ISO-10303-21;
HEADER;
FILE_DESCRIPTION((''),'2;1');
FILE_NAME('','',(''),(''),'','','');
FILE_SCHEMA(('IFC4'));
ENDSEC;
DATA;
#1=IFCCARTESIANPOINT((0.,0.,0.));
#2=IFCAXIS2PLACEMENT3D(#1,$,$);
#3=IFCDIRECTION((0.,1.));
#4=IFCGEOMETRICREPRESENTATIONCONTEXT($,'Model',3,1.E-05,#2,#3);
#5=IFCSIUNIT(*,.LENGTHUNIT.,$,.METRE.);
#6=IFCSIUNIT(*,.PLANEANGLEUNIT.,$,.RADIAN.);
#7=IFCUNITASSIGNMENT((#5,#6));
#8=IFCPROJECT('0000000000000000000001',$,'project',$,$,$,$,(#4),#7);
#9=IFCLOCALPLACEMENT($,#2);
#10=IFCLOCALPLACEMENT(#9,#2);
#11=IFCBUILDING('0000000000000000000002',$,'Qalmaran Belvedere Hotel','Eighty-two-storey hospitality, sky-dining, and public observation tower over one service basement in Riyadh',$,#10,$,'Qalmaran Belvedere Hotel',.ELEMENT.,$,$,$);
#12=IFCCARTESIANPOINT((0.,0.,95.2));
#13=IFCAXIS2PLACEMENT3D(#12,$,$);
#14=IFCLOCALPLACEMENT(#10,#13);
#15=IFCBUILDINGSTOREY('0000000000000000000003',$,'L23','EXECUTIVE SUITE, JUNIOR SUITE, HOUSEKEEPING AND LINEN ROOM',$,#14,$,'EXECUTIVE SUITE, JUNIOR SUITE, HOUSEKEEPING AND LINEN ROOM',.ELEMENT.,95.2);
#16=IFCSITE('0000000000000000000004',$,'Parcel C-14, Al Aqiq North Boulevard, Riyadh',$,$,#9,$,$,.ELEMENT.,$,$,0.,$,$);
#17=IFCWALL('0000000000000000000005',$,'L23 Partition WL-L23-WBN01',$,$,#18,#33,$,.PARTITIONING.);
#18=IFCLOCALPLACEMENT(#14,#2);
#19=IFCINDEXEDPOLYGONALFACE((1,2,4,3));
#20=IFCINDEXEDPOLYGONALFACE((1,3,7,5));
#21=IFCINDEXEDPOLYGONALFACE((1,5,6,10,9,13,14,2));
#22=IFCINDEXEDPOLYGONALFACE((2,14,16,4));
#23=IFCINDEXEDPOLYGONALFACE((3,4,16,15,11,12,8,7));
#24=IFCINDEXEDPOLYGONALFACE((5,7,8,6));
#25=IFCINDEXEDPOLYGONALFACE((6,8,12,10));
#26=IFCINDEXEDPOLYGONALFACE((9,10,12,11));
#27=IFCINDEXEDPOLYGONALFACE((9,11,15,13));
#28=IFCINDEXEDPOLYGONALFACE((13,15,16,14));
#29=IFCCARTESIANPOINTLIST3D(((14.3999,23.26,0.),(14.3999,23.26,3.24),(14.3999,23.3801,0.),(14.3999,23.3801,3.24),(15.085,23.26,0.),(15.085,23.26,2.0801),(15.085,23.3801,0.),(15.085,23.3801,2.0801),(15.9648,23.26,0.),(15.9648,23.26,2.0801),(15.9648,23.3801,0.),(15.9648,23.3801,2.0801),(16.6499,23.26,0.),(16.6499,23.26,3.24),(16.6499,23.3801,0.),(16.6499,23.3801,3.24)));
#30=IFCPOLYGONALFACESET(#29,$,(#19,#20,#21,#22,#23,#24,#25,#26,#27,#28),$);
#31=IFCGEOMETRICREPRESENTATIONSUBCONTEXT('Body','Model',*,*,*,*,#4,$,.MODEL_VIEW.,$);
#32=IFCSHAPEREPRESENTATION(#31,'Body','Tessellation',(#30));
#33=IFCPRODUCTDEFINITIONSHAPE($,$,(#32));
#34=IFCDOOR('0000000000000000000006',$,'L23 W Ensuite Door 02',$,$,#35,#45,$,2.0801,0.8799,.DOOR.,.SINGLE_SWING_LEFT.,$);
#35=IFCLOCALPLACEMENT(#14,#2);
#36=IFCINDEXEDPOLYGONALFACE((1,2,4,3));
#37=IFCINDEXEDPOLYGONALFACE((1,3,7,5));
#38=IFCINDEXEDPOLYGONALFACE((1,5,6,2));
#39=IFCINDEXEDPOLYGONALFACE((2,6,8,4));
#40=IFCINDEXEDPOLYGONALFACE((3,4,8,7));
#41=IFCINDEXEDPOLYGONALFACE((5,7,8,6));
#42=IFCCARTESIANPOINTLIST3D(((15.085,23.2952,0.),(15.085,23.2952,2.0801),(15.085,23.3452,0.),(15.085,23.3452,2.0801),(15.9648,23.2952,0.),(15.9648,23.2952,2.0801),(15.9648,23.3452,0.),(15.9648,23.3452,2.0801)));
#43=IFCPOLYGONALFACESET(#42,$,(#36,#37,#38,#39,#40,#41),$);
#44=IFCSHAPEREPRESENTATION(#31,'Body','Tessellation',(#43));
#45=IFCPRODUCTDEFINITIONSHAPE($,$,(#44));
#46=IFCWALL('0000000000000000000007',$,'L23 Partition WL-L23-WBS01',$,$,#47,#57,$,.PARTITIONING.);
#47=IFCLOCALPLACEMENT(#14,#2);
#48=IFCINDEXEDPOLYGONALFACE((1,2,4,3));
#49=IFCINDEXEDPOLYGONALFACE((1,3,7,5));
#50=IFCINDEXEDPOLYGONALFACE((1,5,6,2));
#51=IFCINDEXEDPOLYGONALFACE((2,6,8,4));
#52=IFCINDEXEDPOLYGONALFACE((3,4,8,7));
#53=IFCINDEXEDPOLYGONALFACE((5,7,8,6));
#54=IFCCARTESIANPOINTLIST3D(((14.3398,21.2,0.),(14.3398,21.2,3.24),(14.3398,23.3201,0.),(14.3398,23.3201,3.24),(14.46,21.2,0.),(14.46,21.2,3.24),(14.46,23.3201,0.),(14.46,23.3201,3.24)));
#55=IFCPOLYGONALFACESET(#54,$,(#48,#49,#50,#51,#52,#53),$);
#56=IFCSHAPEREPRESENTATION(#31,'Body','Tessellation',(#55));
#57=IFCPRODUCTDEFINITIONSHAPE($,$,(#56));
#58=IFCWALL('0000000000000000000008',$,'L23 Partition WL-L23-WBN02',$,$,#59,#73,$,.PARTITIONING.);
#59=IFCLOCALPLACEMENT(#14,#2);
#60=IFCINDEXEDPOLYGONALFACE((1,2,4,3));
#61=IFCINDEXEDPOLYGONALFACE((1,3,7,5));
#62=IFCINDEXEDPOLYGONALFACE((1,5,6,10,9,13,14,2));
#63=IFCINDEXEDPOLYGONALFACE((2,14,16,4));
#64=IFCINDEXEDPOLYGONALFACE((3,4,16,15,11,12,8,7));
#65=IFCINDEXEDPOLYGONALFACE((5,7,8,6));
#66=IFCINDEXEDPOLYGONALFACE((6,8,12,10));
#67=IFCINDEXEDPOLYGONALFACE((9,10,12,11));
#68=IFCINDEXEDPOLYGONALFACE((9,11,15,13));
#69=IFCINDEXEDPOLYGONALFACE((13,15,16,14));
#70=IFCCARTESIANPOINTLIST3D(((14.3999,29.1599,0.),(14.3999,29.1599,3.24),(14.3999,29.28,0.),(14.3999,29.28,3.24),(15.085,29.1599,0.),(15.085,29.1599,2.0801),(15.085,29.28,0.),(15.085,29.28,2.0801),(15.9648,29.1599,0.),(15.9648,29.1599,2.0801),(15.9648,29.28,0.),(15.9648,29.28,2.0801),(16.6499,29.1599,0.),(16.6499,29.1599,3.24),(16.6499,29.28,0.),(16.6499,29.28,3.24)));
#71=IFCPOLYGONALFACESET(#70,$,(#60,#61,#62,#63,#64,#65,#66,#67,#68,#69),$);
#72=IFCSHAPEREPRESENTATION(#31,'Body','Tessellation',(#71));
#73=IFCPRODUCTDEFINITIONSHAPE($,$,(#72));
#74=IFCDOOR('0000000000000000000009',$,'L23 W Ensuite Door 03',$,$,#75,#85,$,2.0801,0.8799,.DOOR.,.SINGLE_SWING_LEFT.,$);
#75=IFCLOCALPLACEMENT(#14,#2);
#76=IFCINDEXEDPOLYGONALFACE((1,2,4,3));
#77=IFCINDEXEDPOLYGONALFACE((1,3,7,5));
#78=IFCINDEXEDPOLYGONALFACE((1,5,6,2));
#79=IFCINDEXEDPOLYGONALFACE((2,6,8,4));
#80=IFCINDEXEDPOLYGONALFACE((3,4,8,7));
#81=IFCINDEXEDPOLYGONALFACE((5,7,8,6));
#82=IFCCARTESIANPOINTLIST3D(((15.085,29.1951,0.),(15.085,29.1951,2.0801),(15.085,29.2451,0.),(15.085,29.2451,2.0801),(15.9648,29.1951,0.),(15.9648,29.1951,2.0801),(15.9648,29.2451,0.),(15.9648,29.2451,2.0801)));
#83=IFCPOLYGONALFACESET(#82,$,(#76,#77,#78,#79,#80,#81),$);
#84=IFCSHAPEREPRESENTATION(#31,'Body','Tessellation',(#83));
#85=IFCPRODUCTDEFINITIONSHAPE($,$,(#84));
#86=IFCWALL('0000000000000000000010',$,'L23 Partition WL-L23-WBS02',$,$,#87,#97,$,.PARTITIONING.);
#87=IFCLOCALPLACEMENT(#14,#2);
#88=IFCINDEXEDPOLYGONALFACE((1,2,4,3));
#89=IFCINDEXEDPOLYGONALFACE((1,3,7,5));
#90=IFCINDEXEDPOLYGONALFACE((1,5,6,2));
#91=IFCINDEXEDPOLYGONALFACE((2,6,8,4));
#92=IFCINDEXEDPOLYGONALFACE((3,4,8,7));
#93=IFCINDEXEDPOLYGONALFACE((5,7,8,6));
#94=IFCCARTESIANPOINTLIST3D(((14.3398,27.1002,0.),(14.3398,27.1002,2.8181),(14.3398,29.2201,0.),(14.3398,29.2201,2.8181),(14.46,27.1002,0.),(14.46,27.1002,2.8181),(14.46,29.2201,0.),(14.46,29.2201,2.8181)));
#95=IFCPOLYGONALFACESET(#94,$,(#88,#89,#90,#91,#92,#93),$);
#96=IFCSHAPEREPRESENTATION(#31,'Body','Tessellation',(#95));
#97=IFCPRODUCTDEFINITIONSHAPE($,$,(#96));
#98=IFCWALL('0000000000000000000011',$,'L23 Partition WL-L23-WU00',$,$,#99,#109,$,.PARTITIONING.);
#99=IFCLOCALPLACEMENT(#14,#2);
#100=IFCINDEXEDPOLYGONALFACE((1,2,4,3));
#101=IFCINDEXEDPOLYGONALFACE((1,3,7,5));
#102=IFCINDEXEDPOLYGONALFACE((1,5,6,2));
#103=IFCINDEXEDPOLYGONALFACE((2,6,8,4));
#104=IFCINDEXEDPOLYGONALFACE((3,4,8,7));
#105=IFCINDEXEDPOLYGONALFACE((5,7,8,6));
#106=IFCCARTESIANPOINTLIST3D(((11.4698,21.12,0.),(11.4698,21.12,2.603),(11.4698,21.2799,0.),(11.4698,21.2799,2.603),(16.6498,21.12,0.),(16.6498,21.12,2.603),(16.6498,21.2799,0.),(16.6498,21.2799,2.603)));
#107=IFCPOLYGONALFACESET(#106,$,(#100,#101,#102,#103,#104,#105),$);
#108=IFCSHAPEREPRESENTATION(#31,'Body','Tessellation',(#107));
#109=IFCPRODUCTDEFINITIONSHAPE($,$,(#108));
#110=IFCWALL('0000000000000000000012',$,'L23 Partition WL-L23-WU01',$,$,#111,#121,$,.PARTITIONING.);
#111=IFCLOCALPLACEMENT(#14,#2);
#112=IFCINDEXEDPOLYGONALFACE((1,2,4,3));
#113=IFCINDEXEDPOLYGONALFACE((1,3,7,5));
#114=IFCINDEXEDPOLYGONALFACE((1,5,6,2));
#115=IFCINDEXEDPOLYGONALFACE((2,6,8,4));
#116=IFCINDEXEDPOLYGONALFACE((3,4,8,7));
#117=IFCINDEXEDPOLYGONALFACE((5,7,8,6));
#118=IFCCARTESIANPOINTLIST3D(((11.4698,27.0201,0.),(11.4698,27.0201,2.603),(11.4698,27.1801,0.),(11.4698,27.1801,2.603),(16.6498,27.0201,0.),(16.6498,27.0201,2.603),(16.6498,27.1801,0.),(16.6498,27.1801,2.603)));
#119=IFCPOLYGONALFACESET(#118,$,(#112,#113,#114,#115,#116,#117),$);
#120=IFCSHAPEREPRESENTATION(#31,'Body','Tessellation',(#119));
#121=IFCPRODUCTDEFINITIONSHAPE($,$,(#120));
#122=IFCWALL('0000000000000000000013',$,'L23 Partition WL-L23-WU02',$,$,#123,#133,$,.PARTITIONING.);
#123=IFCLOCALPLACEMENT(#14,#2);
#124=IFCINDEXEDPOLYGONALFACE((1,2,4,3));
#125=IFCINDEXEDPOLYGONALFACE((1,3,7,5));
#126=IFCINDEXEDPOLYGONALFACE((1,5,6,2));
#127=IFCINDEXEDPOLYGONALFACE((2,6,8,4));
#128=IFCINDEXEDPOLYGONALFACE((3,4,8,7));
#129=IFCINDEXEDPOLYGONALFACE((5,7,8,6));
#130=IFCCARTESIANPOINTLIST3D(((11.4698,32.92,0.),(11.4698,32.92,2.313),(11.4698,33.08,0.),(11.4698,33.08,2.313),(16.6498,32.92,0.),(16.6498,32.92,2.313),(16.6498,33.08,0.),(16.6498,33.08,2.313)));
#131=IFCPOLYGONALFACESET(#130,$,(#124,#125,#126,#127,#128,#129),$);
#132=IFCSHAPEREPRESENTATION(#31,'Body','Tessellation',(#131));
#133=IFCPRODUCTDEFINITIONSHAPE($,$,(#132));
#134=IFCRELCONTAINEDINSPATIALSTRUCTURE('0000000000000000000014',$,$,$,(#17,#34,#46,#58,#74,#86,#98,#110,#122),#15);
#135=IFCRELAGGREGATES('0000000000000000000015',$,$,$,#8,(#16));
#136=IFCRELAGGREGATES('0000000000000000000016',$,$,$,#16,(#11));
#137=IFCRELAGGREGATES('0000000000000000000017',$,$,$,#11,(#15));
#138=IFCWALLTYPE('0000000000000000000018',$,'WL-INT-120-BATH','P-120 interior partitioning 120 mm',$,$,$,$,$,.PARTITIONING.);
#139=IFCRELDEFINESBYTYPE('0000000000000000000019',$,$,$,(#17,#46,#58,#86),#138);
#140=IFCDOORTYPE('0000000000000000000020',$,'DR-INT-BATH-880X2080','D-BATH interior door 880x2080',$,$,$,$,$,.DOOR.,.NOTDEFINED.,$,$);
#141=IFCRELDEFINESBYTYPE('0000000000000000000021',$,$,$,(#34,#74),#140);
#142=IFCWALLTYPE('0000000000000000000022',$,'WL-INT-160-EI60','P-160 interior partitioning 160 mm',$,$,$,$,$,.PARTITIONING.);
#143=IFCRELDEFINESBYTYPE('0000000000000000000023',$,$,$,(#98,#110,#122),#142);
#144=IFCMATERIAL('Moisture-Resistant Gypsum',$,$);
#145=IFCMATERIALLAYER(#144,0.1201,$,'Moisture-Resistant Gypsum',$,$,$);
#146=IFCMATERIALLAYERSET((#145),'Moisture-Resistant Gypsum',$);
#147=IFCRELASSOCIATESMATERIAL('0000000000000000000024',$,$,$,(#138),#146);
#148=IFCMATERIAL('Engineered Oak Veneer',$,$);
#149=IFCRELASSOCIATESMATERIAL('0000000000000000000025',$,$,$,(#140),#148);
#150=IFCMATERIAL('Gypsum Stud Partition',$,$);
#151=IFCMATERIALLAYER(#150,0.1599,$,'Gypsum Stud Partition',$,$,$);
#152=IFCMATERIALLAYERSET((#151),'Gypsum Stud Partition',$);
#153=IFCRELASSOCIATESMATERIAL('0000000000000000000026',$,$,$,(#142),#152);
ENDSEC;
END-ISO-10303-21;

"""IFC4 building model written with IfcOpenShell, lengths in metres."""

from ifc_helpers import new_model, si_unit, direction, frame, frame_2d, origin, place, context, subcontext, project, spatial, rectangle, extrude, material, layer, layer_set, type_object, element, fill, save


model = new_model("IFC4")

# Units and contexts
model_context = context("Model", 3, precision=1e-05, world=origin(), true_north=direction((0.0, 1.0)))
body_context = subcontext(model_context, "Body", "Model", "MODEL_VIEW")
ifc_project = project(units=[si_unit("LENGTHUNIT", "METRE"), si_unit("PLANEANGLEUNIT", "RADIAN")], contexts=[model_context])

# Site, building, storey
site_placement = place(None, origin())
site = spatial("IfcSite", under=ifc_project, at=site_placement, Name="Parcel C-14, Al Aqiq North Boulevard, Riyadh", CompositionType="ELEMENT", RefElevation=0.0)
building_placement = place(site_placement, origin())
building = spatial("IfcBuilding", under=site, at=building_placement, Name="Qalmaran Belvedere Hotel", Description="Eighty-two-storey hospitality, sky-dining, and public observation tower over one service basement in Riyadh", LongName="Qalmaran Belvedere Hotel", CompositionType="ELEMENT")
storey_placement = place(building_placement, frame((0.0, 0.0, 95.2)))
storey = spatial("IfcBuildingStorey", under=building, at=storey_placement, Name="L23", Description="EXECUTIVE SUITE, JUNIOR SUITE, HOUSEKEEPING AND LINEN ROOM", LongName="EXECUTIVE SUITE, JUNIOR SUITE, HOUSEKEEPING AND LINEN ROOM", CompositionType="ELEMENT", Elevation=95.2)

# Wall, opening, door
ifc_material_1 = material(Name="Moisture-Resistant Gypsum")
ifc_layer_1 = layer(ifc_material_1, 0.1201, Name="Moisture-Resistant Gypsum")
ifc_layer_set_1 = layer_set([ifc_layer_1], Name="Moisture-Resistant Gypsum")
wall_type_1 = type_object("IfcWallType", Name="WL-INT-120-BATH", Description="P-120 interior partitioning 120 mm", PredefinedType="PARTITIONING", material=ifc_layer_set_1)
wall_1_placement = place(storey_placement, frame((14.3999, 23.3201, 0.0), z_axis=(0.0, 0.0, 1.0), x_axis=(1.0, 0.0, 0.0)))
wall_1 = element("IfcWall", 1, at=wall_1_placement, inside=storey, type_object=wall_type_1, Name="L23 Partition WL-L23-WBN01", PredefinedType="PARTITIONING", context=body_context, shape_type="SweptSolid", body=[
    extrude(rectangle(XDim=2.25, YDim=0.1201, at=frame_2d((1.125, 0.0))), origin(), (0.0, 0.0, 1.0), 3.24),
])
opening_1_placement = place(wall_1_placement, frame((1.5649, 0.0, 0.0), z_axis=(0.0, 0.0, 1.0), x_axis=(-1.0, 0.0, 0.0)))
opening_1 = element("IfcOpeningElement", 2, at=opening_1_placement, cuts=wall_1, PredefinedType="OPENING", context=body_context, shape_type="SweptSolid", body=[
    extrude(rectangle(XDim=0.8799, YDim=2.0801, at=frame_2d((0.4399, 1.04))), frame((0.0, 0.0701, 0.0), z_axis=(0.0, -1.0, 0.0), x_axis=(1.0, 0.0, 0.0)), (0.0, 0.0, 1.0), 0.1401),
])
ifc_material_2 = material(Name="Engineered Oak Veneer")
door_type = type_object("IfcDoorType", Name="DR-INT-BATH-880X2080", Description="D-BATH interior door 880x2080", OperationType="NOTDEFINED", PredefinedType="DOOR", material=ifc_material_2)
door_1_placement = place(opening_1_placement, origin())
door_1 = element("IfcDoor", 3, at=door_1_placement, inside=storey, type_object=door_type, Name="L23 W Ensuite Door 02", OperationType="SINGLE_SWING_LEFT", OverallHeight=2.0801, OverallWidth=0.8799, PredefinedType="DOOR", context=body_context, shape_type="SweptSolid", body=[
    extrude(rectangle(XDim=0.8799, YDim=2.0801, at=frame_2d((0.4399, 1.04))), frame((0.0, 0.0249, 0.0), z_axis=(0.0, -1.0, 0.0), x_axis=(1.0, 0.0, 0.0)), (0.0, 0.0, 1.0), 0.05),
])
fill(opening_1, door_1)

# Wall
wall_2_placement = place(storey_placement, frame((14.3999, 21.2, 0.0), z_axis=(0.0, 0.0, 1.0), x_axis=(0.0, 1.0, 0.0)))
element("IfcWall", 4, at=wall_2_placement, inside=storey, type_object=wall_type_1, Name="L23 Partition WL-L23-WBS01", PredefinedType="PARTITIONING", context=body_context, shape_type="SweptSolid", body=[
    extrude(rectangle(XDim=2.1201, YDim=0.1201, at=frame_2d((1.0601, 0.0))), origin(), (0.0, 0.0, 1.0), 3.24),
])

# Wall, opening, door
wall_3_placement = place(storey_placement, frame((14.3999, 29.22, 0.0), z_axis=(0.0, 0.0, 1.0), x_axis=(1.0, 0.0, 0.0)))
wall_3 = element("IfcWall", 5, at=wall_3_placement, inside=storey, type_object=wall_type_1, Name="L23 Partition WL-L23-WBN02", PredefinedType="PARTITIONING", context=body_context, shape_type="SweptSolid", body=[
    extrude(rectangle(XDim=2.25, YDim=0.1201, at=frame_2d((1.125, 0.0))), origin(), (0.0, 0.0, 1.0), 3.24),
])
opening_2_placement = place(wall_3_placement, frame((1.5649, 0.0, 0.0), z_axis=(0.0, 0.0, 1.0), x_axis=(-1.0, 0.0, 0.0)))
opening_2 = element("IfcOpeningElement", 6, at=opening_2_placement, cuts=wall_3, PredefinedType="OPENING", context=body_context, shape_type="SweptSolid", body=[
    extrude(rectangle(XDim=0.8799, YDim=2.0801, at=frame_2d((0.4399, 1.04))), frame((0.0, 0.0701, 0.0), z_axis=(0.0, -1.0, 0.0), x_axis=(1.0, 0.0, 0.0)), (0.0, 0.0, 1.0), 0.1401),
])
door_2_placement = place(opening_2_placement, origin())
door_2 = element("IfcDoor", 7, at=door_2_placement, inside=storey, type_object=door_type, Name="L23 W Ensuite Door 03", OperationType="SINGLE_SWING_LEFT", OverallHeight=2.0801, OverallWidth=0.8799, PredefinedType="DOOR", context=body_context, shape_type="SweptSolid", body=[
    extrude(rectangle(XDim=0.8799, YDim=2.0801, at=frame_2d((0.4399, 1.04))), frame((0.0, 0.0249, 0.0), z_axis=(0.0, -1.0, 0.0), x_axis=(1.0, 0.0, 0.0)), (0.0, 0.0, 1.0), 0.05),
])
fill(opening_2, door_2)

# Walls
wall_4_placement = place(storey_placement, frame((14.3999, 27.1001, 0.0), z_axis=(0.0, 0.0, 1.0), x_axis=(0.0, 1.0, 0.0)))
element("IfcWall", 8, at=wall_4_placement, inside=storey, type_object=wall_type_1, Name="L23 Partition WL-L23-WBS02", PredefinedType="PARTITIONING", context=body_context, shape_type="SweptSolid", body=[
    extrude(rectangle(XDim=2.1199, YDim=0.1201, at=frame_2d((1.0601, 0.0))), origin(), (0.0, 0.0, 1.0), 2.8181),
])
ifc_material_3 = material(Name="Gypsum Stud Partition")
ifc_layer_2 = layer(ifc_material_3, 0.1599, Name="Gypsum Stud Partition")
ifc_layer_set_2 = layer_set([ifc_layer_2], Name="Gypsum Stud Partition")
wall_type_2 = type_object("IfcWallType", Name="WL-INT-160-EI60", Description="P-160 interior partitioning 160 mm", PredefinedType="PARTITIONING", material=ifc_layer_set_2)
for number, where, z_axis, x_axis, name in (
    (9, (11.47, 21.2, 0.0), (0.0, 0.0, 1.0), (1.0, 0.0, 0.0), "L23 Partition WL-L23-WU00"),
    (10, (11.47, 27.1001, 0.0), (0.0, 0.0, 1.0), (1.0, 0.0, 0.0), "L23 Partition WL-L23-WU01"),
):
    element("IfcWall", number, at=place(storey_placement, frame(where, z_axis=z_axis, x_axis=x_axis)), inside=storey, type_object=wall_type_2, Name=name, PredefinedType="PARTITIONING", context=body_context, shape_type="SweptSolid", body=[
        extrude(rectangle(XDim=5.1799, YDim=0.1599, at=frame_2d((2.5898, 0.0))), origin(), (0.0, 0.0, 1.0), 2.603),
    ])
wall_5_placement = place(storey_placement, frame((11.47, 33.0, 0.0), z_axis=(0.0, 0.0, 1.0), x_axis=(1.0, 0.0, 0.0)))
element("IfcWall", 11, at=wall_5_placement, inside=storey, type_object=wall_type_2, Name="L23 Partition WL-L23-WU02", PredefinedType="PARTITIONING", context=body_context, shape_type="SweptSolid", body=[
    extrude(rectangle(XDim=5.1799, YDim=0.1599, at=frame_2d((2.5898, 0.0))), origin(), (0.0, 0.0, 1.0), 2.313),
])

save(model, "model.ifc")
